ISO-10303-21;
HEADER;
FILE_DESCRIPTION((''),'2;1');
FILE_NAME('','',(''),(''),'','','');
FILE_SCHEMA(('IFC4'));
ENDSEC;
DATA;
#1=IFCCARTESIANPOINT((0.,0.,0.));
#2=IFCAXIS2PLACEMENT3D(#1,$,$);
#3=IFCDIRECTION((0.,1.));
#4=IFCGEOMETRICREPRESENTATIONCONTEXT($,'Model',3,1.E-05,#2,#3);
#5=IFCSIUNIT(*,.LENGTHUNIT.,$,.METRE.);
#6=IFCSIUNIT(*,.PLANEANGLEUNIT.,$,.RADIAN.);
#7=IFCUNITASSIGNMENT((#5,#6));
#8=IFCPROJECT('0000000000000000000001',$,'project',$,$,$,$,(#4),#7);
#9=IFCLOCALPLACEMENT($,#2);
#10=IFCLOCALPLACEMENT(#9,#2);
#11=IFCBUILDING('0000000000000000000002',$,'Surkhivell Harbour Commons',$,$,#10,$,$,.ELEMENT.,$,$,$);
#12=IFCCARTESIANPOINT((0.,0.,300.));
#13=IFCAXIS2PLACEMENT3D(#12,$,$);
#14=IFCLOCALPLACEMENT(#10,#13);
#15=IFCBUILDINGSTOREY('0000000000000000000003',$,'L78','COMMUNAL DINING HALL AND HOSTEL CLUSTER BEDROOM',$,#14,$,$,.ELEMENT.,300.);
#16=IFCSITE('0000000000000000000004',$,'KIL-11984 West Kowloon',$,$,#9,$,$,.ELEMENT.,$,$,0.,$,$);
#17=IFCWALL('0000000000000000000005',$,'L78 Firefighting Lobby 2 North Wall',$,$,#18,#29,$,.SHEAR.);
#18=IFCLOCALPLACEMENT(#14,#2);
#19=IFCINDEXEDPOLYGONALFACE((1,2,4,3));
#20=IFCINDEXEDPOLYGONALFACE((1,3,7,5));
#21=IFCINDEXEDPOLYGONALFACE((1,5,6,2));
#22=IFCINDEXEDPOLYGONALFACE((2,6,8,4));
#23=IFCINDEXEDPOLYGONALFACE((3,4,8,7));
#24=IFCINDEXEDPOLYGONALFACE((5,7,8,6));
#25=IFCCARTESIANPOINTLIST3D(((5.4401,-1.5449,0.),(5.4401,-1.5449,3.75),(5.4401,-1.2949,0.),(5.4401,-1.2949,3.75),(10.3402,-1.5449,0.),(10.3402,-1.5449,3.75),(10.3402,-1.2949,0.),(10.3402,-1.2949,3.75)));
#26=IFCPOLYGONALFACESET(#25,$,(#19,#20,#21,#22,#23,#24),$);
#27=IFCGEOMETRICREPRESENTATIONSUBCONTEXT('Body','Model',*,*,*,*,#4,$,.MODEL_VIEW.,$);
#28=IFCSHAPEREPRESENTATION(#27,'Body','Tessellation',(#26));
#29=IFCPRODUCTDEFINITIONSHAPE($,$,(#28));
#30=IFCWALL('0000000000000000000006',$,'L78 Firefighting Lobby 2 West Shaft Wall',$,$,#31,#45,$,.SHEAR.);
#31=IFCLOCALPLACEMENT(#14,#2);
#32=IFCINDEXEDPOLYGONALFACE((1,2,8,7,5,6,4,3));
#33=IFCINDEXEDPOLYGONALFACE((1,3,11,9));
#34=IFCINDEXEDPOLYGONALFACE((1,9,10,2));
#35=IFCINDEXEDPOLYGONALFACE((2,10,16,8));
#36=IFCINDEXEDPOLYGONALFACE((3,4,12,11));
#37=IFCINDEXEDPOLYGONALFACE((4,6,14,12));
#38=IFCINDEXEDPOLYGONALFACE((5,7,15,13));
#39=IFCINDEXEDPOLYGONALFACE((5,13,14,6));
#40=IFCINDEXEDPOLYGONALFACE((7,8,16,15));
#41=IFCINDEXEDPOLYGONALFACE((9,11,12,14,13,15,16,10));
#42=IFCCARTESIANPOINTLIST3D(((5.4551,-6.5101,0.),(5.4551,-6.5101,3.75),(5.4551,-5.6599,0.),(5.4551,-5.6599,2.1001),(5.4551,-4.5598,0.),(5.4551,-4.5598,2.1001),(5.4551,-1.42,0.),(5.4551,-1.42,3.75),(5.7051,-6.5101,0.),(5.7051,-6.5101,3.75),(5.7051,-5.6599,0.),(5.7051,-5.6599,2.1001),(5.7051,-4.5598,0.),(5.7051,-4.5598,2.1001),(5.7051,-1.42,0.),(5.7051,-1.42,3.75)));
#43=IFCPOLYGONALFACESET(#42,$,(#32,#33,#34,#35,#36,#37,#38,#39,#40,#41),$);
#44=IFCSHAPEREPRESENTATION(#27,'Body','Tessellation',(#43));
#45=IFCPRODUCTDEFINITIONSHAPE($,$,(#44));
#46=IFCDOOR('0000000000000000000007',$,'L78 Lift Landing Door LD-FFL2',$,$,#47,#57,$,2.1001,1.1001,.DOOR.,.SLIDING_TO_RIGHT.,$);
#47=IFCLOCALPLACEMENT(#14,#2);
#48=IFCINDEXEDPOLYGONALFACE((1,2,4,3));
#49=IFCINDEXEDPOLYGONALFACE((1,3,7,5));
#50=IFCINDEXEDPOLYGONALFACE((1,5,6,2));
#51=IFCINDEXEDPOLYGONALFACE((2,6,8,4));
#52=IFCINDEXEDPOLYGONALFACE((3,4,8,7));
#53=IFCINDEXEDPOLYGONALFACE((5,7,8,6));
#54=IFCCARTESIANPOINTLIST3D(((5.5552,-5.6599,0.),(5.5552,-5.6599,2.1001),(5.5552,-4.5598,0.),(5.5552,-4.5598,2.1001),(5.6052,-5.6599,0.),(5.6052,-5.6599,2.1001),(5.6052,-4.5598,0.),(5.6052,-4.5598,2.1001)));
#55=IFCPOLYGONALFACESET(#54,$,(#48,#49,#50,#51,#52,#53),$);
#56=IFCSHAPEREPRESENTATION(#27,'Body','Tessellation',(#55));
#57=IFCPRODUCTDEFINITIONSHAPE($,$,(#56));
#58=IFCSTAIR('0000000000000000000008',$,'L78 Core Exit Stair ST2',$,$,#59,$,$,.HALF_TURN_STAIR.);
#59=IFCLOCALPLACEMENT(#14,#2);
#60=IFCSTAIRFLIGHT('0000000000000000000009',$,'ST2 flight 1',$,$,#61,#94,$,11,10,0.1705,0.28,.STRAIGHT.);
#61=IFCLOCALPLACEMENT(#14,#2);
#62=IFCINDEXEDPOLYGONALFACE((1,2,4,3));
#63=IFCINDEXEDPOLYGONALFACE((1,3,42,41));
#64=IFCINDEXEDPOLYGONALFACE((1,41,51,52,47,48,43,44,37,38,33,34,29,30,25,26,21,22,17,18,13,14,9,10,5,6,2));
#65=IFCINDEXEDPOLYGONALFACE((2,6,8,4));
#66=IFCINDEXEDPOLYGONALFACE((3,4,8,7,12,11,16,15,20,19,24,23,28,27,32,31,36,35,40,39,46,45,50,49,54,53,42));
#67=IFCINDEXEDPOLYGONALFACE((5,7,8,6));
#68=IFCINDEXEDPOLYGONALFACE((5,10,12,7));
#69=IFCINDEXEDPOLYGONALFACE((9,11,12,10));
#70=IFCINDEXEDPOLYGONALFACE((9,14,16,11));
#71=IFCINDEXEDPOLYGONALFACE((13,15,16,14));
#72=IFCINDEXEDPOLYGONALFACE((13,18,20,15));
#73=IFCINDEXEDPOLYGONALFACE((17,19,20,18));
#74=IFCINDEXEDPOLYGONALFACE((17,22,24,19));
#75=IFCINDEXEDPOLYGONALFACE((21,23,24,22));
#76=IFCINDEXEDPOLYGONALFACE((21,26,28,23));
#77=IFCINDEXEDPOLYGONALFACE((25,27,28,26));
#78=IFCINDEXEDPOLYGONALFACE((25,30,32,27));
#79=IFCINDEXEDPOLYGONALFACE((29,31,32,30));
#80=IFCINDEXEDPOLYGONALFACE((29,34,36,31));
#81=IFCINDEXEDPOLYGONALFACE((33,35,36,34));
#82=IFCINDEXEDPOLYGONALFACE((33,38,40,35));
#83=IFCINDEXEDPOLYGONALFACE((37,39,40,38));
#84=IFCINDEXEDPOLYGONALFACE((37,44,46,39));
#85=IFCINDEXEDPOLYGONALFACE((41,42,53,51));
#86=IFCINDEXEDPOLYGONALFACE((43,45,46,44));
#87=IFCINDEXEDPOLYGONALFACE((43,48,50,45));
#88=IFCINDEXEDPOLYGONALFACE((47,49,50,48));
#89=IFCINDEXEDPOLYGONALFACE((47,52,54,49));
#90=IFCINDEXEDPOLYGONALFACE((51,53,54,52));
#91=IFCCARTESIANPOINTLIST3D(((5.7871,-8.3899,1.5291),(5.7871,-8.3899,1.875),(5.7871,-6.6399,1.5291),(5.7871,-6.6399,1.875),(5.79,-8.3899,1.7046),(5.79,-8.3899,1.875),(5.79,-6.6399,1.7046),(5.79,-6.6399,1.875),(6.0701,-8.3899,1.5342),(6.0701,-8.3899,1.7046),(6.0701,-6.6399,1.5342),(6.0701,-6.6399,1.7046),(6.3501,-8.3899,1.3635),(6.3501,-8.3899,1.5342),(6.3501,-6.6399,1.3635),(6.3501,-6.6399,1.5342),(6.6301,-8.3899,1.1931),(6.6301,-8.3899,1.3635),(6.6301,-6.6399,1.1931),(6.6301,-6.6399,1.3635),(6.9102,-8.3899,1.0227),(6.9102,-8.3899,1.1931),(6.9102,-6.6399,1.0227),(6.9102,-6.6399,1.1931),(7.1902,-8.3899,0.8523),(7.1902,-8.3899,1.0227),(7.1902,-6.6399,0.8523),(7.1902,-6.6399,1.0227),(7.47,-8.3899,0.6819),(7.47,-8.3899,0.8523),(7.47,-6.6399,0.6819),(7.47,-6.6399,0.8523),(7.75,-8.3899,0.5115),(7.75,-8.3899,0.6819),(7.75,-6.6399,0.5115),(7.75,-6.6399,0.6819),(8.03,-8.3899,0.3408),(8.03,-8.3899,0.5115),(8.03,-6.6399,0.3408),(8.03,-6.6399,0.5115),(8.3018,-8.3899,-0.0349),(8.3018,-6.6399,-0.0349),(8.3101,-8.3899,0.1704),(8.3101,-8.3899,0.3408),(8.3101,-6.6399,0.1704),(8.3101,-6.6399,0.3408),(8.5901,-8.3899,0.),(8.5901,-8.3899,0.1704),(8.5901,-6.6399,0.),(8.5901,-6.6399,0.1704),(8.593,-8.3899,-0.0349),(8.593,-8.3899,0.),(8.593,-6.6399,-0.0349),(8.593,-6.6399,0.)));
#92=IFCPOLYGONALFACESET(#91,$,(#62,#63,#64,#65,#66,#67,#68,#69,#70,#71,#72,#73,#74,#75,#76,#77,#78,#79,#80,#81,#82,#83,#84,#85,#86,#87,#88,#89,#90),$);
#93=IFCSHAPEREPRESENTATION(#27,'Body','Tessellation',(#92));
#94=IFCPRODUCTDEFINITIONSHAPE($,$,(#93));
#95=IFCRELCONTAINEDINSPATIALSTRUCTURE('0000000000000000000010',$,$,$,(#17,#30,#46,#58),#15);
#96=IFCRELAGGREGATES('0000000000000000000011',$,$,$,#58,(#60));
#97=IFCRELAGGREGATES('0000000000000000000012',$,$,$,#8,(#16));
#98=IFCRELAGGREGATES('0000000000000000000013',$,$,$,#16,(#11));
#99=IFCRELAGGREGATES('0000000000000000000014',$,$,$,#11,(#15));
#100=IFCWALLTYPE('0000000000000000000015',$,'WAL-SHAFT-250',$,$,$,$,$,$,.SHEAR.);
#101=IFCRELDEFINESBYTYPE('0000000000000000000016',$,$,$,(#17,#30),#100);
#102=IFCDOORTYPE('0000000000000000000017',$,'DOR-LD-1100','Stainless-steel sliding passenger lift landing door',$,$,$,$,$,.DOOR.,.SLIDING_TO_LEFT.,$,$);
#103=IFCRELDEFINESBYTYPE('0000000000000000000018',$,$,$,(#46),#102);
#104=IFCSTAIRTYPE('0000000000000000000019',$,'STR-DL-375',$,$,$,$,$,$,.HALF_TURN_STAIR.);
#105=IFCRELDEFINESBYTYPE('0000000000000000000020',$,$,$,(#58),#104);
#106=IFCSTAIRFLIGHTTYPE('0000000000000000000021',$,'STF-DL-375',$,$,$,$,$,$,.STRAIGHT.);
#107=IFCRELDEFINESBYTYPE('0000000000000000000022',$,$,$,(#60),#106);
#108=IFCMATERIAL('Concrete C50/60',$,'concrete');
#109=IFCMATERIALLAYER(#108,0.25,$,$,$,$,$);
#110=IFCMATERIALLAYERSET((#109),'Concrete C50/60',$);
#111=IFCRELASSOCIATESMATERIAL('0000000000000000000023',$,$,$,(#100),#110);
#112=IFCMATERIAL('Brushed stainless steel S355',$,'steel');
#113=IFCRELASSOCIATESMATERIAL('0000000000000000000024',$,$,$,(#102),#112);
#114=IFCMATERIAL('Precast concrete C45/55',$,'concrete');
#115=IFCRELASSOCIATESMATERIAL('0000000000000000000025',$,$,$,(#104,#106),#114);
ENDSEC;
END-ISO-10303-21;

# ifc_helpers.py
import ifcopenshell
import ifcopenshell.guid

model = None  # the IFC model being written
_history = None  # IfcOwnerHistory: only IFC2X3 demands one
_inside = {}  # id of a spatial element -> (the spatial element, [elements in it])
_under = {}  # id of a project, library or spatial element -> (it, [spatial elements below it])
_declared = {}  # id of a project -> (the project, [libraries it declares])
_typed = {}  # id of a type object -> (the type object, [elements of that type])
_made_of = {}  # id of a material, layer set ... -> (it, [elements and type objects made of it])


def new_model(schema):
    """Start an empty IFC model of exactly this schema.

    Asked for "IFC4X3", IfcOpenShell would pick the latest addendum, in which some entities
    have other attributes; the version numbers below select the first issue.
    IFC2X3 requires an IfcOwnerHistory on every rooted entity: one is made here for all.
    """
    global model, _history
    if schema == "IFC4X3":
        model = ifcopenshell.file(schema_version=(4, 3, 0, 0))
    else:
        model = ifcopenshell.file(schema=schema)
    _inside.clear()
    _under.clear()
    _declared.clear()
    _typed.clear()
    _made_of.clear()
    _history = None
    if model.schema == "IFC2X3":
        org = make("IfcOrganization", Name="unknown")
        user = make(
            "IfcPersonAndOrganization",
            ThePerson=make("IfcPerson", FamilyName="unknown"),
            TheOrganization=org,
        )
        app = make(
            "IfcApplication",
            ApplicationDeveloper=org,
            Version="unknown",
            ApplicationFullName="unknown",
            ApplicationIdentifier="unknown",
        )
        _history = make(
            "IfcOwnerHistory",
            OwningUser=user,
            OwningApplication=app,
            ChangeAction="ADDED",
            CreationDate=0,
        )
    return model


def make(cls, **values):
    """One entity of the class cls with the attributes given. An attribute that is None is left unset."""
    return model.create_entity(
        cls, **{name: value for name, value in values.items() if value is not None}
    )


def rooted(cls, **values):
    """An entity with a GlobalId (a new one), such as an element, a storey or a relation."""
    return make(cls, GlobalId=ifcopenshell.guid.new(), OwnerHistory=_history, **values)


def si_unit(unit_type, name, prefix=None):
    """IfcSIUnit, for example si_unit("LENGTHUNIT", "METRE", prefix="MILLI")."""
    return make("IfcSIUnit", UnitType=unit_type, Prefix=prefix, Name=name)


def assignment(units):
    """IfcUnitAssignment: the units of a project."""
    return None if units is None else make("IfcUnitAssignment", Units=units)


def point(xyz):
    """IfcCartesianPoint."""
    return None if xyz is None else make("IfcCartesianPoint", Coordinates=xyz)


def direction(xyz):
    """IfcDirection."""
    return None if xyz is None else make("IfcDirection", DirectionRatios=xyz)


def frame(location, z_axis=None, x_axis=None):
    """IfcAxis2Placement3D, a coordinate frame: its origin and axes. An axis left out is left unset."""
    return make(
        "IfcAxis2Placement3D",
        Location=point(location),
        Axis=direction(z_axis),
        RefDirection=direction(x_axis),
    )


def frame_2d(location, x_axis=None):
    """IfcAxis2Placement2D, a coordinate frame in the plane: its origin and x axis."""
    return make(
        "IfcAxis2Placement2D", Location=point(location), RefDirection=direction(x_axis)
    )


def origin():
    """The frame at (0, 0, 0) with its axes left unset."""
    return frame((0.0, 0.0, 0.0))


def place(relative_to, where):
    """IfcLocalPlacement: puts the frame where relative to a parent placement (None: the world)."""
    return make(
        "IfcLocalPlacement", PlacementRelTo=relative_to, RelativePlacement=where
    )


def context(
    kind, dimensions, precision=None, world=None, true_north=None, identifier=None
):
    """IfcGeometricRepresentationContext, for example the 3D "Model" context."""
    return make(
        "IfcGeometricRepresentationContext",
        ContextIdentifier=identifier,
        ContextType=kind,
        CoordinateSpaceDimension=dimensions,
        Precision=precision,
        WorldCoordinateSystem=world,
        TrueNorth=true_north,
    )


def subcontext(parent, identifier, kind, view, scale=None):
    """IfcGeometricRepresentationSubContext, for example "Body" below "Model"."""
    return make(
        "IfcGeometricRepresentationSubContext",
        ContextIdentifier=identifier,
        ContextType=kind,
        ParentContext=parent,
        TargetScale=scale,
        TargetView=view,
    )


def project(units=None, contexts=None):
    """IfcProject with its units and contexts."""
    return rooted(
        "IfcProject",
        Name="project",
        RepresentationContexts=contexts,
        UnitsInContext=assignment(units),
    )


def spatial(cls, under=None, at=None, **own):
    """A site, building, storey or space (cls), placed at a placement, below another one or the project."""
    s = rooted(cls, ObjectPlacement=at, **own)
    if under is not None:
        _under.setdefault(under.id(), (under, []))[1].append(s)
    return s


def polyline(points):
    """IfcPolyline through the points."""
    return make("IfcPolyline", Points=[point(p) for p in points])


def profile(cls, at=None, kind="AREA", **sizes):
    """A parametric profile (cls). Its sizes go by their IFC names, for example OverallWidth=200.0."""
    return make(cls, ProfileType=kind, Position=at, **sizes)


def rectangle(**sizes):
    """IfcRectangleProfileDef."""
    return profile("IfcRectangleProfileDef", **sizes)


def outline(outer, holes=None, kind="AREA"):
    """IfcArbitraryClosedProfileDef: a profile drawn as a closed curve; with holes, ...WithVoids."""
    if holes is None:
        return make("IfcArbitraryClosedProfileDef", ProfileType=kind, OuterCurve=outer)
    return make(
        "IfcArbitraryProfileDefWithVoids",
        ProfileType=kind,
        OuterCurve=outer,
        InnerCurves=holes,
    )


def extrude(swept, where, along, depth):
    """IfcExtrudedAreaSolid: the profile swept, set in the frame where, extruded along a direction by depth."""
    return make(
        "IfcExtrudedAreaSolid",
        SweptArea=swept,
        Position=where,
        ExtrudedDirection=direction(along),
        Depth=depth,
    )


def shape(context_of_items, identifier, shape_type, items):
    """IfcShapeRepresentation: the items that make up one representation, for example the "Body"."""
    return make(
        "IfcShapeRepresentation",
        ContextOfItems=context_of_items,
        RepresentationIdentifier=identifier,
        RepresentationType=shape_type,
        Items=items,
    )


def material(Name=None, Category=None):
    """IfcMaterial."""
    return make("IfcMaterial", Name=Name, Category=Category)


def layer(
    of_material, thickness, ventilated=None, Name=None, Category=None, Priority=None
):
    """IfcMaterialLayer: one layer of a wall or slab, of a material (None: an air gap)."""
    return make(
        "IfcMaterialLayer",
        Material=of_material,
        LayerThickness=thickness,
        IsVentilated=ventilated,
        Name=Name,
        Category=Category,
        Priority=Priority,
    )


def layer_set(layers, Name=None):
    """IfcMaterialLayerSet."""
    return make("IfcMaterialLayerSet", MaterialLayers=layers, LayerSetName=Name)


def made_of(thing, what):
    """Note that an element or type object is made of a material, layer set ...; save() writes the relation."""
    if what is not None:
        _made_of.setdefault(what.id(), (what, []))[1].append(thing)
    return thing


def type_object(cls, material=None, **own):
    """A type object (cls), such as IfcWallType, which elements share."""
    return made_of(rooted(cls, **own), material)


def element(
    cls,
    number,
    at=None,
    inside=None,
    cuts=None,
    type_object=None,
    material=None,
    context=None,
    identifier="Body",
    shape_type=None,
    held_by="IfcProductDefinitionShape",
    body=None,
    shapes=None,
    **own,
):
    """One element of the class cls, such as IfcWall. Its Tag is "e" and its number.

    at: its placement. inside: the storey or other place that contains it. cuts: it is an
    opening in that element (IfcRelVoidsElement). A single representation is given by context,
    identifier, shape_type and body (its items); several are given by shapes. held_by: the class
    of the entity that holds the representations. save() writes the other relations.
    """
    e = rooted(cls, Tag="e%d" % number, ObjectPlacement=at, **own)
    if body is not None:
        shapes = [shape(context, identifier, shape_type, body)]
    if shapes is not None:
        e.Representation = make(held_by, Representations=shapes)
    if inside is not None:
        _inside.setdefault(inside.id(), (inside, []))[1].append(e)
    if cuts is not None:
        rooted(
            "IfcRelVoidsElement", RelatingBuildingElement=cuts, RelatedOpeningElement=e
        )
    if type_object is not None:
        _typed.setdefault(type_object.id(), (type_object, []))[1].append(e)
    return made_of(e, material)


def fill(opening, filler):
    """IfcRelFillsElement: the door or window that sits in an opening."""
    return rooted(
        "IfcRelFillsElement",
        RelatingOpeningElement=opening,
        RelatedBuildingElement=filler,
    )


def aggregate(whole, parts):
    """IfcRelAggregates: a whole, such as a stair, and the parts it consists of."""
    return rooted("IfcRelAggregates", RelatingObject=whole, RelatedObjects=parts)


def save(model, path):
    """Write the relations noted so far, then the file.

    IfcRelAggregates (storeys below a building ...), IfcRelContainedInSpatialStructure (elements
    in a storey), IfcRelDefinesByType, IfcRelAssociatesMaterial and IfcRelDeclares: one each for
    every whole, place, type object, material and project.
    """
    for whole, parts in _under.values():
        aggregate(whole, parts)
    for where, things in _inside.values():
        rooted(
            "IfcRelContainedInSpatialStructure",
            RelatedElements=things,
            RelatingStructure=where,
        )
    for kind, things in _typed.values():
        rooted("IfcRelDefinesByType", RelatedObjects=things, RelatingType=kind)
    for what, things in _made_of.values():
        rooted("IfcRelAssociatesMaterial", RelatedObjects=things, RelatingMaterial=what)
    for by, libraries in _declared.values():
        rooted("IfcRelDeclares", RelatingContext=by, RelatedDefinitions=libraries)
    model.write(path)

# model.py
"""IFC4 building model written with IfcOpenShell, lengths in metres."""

from ifc_helpers import new_model, si_unit, direction, frame, frame_2d, origin, place, context, subcontext, project, spatial, polyline, rectangle, outline, extrude, material, layer, layer_set, type_object, element, fill, aggregate, save


model = new_model("IFC4")

# Units and contexts
model_context = context("Model", 3, precision=1e-05, world=origin(), true_north=direction((0.0, 1.0)))
body_context = subcontext(model_context, "Body", "Model", "MODEL_VIEW")
ifc_project = project(units=[si_unit("LENGTHUNIT", "METRE"), si_unit("PLANEANGLEUNIT", "RADIAN")], contexts=[model_context])

# Site, building, storey
site_placement = place(None, origin())
site = spatial("IfcSite", under=ifc_project, at=site_placement, Name="KIL-11984 West Kowloon", CompositionType="ELEMENT", RefElevation=0.0)
building_placement = place(site_placement, origin())
building = spatial("IfcBuilding", under=site, at=building_placement, Name="Surkhivell Harbour Commons", CompositionType="ELEMENT")
storey_placement = place(building_placement, frame((0.0, 0.0, 300.0)))
storey = spatial("IfcBuildingStorey", under=building, at=storey_placement, Name="L78", Description="COMMUNAL DINING HALL AND HOSTEL CLUSTER BEDROOM", CompositionType="ELEMENT", Elevation=300.0)

# Shared definitions
ifc_material_1 = material(Name="Concrete C50/60", Category="concrete")

# Wall
ifc_layer_1 = layer(ifc_material_1, 0.25)
ifc_layer_set_1 = layer_set([ifc_layer_1], Name="Concrete C50/60")
wall_type_1 = type_object("IfcWallType", Name="WAL-SHAFT-250", PredefinedType="SHEAR", material=ifc_layer_set_1)
wall_1_placement = place(storey_placement, frame((5.4399, -1.4199, 0.0), z_axis=(0.0, 0.0, 1.0), x_axis=(1.0, 0.0, 0.0)))
element("IfcWall", 1, at=wall_1_placement, inside=storey, type_object=wall_type_1, Name="L78 Firefighting Lobby 2 North Wall", PredefinedType="SHEAR", context=body_context, shape_type="SweptSolid", body=[
    extrude(rectangle(XDim=4.9001, YDim=0.25, at=frame_2d((2.4502, 0.0))), origin(), (0.0, 0.0, 1.0), 3.75),
])

# Wall, opening, door
wall_2_placement = place(storey_placement, frame((5.5801, -6.51, 0.0), z_axis=(0.0, 0.0, 1.0), x_axis=(0.0, 1.0, 0.0)))
wall_2 = element("IfcWall", 2, at=wall_2_placement, inside=storey, type_object=wall_type_1, Name="L78 Firefighting Lobby 2 West Shaft Wall", PredefinedType="SHEAR", context=body_context, shape_type="SweptSolid", body=[
    extrude(rectangle(XDim=5.0901, YDim=0.25, at=frame_2d((2.5449, 0.0))), origin(), (0.0, 0.0, 1.0), 3.75),
])
opening_1_placement = place(wall_2_placement, frame((0.8501, 0.0, 0.0)))
opening_1 = element("IfcOpeningElement", 3, at=opening_1_placement, cuts=wall_2, PredefinedType="OPENING", context=body_context, shape_type="SweptSolid", body=[
    extrude(rectangle(XDim=1.1001, YDim=2.1001, at=frame_2d((0.55, 1.05))), frame((0.0, 0.135, 0.0), z_axis=(0.0, -1.0, 0.0), x_axis=(1.0, 0.0, 0.0)), (0.0, 0.0, 1.0), 0.27),
])
ifc_material_2 = material(Name="Brushed stainless steel S355", Category="steel")
door_type_1 = type_object("IfcDoorType", Name="DOR-LD-1100", Description="Stainless-steel sliding passenger lift landing door", OperationType="SLIDING_TO_LEFT", PredefinedType="DOOR", material=ifc_material_2)
door_1_placement = place(opening_1_placement, origin())
door_1 = element("IfcDoor", 4, at=door_1_placement, inside=storey, type_object=door_type_1, Name="L78 Lift Landing Door LD-FFL2", OperationType="SLIDING_TO_RIGHT", OverallHeight=2.1001, OverallWidth=1.1001, PredefinedType="DOOR", context=body_context, shape_type="SweptSolid", body=[
    extrude(rectangle(XDim=1.1001, YDim=2.1001, at=frame_2d((0.55, 1.05))), frame((0.0, 0.0249, 0.0), z_axis=(0.0, -1.0, 0.0), x_axis=(1.0, 0.0, 0.0)), (0.0, 0.0, 1.0), 0.05),
])
fill(opening_1, door_1)

# Stair, stair flight
ifc_material_3 = material(Name="Precast concrete C45/55", Category="concrete")
stair_type = type_object("IfcStairType", Name="STR-DL-375", PredefinedType="HALF_TURN_STAIR", material=ifc_material_3)
stair_placement = place(storey_placement, origin())
stair = element("IfcStair", 5, at=stair_placement, inside=storey, type_object=stair_type, Name="L78 Core Exit Stair ST2", PredefinedType="HALF_TURN_STAIR")
stair_flight_type = type_object("IfcStairFlightType", Name="STF-DL-375", PredefinedType="STRAIGHT", material=ifc_material_3)
stair_flight_placement = place(storey_placement, frame((8.5901, -7.5149, 0.0), z_axis=(0.0, 0.0, 1.0), x_axis=(-1.0, 0.0, 0.0)))
stair_flight = element("IfcStairFlight", 6, at=stair_flight_placement, type_object=stair_flight_type, Name="ST2 flight 1", NumberOfRisers=11, NumberOfTreads=10, PredefinedType="STRAIGHT", RiserHeight=0.1705, TreadLength=0.28, context=body_context, shape_type="SweptSolid", body=[
    extrude(outline(polyline([(-0.0029, -0.0349), (-0.0029, 0.0), (0.0, 0.0), (0.0, 0.1704), (0.28, 0.1704), (0.28, 0.3408), (0.5601, 0.3408), (0.5601, 0.5115), (0.8401, 0.5115), (0.8401, 0.6819), (1.1201, 0.6819), (1.1201, 0.8523), (1.3999, 0.8523), (1.3999, 1.0227), (1.6799, 1.0227), (1.6799, 1.1931), (1.96, 1.1931), (1.96, 1.3635), (2.24, 1.3635), (2.24, 1.5342), (2.52, 1.5342), (2.52, 1.7046), (2.8, 1.7046), (2.8, 1.875), (2.803, 1.875), (2.803, 1.5291), (0.2883, -0.0349), (-0.0029, -0.0349)])), frame((0.0, 0.875, 0.0), z_axis=(0.0, -1.0, 0.0), x_axis=(1.0, 0.0, 0.0)), (0.0, 0.0, 1.0), 1.75),
])
aggregate(stair, [stair_flight])

save(model, "model.ifc")
